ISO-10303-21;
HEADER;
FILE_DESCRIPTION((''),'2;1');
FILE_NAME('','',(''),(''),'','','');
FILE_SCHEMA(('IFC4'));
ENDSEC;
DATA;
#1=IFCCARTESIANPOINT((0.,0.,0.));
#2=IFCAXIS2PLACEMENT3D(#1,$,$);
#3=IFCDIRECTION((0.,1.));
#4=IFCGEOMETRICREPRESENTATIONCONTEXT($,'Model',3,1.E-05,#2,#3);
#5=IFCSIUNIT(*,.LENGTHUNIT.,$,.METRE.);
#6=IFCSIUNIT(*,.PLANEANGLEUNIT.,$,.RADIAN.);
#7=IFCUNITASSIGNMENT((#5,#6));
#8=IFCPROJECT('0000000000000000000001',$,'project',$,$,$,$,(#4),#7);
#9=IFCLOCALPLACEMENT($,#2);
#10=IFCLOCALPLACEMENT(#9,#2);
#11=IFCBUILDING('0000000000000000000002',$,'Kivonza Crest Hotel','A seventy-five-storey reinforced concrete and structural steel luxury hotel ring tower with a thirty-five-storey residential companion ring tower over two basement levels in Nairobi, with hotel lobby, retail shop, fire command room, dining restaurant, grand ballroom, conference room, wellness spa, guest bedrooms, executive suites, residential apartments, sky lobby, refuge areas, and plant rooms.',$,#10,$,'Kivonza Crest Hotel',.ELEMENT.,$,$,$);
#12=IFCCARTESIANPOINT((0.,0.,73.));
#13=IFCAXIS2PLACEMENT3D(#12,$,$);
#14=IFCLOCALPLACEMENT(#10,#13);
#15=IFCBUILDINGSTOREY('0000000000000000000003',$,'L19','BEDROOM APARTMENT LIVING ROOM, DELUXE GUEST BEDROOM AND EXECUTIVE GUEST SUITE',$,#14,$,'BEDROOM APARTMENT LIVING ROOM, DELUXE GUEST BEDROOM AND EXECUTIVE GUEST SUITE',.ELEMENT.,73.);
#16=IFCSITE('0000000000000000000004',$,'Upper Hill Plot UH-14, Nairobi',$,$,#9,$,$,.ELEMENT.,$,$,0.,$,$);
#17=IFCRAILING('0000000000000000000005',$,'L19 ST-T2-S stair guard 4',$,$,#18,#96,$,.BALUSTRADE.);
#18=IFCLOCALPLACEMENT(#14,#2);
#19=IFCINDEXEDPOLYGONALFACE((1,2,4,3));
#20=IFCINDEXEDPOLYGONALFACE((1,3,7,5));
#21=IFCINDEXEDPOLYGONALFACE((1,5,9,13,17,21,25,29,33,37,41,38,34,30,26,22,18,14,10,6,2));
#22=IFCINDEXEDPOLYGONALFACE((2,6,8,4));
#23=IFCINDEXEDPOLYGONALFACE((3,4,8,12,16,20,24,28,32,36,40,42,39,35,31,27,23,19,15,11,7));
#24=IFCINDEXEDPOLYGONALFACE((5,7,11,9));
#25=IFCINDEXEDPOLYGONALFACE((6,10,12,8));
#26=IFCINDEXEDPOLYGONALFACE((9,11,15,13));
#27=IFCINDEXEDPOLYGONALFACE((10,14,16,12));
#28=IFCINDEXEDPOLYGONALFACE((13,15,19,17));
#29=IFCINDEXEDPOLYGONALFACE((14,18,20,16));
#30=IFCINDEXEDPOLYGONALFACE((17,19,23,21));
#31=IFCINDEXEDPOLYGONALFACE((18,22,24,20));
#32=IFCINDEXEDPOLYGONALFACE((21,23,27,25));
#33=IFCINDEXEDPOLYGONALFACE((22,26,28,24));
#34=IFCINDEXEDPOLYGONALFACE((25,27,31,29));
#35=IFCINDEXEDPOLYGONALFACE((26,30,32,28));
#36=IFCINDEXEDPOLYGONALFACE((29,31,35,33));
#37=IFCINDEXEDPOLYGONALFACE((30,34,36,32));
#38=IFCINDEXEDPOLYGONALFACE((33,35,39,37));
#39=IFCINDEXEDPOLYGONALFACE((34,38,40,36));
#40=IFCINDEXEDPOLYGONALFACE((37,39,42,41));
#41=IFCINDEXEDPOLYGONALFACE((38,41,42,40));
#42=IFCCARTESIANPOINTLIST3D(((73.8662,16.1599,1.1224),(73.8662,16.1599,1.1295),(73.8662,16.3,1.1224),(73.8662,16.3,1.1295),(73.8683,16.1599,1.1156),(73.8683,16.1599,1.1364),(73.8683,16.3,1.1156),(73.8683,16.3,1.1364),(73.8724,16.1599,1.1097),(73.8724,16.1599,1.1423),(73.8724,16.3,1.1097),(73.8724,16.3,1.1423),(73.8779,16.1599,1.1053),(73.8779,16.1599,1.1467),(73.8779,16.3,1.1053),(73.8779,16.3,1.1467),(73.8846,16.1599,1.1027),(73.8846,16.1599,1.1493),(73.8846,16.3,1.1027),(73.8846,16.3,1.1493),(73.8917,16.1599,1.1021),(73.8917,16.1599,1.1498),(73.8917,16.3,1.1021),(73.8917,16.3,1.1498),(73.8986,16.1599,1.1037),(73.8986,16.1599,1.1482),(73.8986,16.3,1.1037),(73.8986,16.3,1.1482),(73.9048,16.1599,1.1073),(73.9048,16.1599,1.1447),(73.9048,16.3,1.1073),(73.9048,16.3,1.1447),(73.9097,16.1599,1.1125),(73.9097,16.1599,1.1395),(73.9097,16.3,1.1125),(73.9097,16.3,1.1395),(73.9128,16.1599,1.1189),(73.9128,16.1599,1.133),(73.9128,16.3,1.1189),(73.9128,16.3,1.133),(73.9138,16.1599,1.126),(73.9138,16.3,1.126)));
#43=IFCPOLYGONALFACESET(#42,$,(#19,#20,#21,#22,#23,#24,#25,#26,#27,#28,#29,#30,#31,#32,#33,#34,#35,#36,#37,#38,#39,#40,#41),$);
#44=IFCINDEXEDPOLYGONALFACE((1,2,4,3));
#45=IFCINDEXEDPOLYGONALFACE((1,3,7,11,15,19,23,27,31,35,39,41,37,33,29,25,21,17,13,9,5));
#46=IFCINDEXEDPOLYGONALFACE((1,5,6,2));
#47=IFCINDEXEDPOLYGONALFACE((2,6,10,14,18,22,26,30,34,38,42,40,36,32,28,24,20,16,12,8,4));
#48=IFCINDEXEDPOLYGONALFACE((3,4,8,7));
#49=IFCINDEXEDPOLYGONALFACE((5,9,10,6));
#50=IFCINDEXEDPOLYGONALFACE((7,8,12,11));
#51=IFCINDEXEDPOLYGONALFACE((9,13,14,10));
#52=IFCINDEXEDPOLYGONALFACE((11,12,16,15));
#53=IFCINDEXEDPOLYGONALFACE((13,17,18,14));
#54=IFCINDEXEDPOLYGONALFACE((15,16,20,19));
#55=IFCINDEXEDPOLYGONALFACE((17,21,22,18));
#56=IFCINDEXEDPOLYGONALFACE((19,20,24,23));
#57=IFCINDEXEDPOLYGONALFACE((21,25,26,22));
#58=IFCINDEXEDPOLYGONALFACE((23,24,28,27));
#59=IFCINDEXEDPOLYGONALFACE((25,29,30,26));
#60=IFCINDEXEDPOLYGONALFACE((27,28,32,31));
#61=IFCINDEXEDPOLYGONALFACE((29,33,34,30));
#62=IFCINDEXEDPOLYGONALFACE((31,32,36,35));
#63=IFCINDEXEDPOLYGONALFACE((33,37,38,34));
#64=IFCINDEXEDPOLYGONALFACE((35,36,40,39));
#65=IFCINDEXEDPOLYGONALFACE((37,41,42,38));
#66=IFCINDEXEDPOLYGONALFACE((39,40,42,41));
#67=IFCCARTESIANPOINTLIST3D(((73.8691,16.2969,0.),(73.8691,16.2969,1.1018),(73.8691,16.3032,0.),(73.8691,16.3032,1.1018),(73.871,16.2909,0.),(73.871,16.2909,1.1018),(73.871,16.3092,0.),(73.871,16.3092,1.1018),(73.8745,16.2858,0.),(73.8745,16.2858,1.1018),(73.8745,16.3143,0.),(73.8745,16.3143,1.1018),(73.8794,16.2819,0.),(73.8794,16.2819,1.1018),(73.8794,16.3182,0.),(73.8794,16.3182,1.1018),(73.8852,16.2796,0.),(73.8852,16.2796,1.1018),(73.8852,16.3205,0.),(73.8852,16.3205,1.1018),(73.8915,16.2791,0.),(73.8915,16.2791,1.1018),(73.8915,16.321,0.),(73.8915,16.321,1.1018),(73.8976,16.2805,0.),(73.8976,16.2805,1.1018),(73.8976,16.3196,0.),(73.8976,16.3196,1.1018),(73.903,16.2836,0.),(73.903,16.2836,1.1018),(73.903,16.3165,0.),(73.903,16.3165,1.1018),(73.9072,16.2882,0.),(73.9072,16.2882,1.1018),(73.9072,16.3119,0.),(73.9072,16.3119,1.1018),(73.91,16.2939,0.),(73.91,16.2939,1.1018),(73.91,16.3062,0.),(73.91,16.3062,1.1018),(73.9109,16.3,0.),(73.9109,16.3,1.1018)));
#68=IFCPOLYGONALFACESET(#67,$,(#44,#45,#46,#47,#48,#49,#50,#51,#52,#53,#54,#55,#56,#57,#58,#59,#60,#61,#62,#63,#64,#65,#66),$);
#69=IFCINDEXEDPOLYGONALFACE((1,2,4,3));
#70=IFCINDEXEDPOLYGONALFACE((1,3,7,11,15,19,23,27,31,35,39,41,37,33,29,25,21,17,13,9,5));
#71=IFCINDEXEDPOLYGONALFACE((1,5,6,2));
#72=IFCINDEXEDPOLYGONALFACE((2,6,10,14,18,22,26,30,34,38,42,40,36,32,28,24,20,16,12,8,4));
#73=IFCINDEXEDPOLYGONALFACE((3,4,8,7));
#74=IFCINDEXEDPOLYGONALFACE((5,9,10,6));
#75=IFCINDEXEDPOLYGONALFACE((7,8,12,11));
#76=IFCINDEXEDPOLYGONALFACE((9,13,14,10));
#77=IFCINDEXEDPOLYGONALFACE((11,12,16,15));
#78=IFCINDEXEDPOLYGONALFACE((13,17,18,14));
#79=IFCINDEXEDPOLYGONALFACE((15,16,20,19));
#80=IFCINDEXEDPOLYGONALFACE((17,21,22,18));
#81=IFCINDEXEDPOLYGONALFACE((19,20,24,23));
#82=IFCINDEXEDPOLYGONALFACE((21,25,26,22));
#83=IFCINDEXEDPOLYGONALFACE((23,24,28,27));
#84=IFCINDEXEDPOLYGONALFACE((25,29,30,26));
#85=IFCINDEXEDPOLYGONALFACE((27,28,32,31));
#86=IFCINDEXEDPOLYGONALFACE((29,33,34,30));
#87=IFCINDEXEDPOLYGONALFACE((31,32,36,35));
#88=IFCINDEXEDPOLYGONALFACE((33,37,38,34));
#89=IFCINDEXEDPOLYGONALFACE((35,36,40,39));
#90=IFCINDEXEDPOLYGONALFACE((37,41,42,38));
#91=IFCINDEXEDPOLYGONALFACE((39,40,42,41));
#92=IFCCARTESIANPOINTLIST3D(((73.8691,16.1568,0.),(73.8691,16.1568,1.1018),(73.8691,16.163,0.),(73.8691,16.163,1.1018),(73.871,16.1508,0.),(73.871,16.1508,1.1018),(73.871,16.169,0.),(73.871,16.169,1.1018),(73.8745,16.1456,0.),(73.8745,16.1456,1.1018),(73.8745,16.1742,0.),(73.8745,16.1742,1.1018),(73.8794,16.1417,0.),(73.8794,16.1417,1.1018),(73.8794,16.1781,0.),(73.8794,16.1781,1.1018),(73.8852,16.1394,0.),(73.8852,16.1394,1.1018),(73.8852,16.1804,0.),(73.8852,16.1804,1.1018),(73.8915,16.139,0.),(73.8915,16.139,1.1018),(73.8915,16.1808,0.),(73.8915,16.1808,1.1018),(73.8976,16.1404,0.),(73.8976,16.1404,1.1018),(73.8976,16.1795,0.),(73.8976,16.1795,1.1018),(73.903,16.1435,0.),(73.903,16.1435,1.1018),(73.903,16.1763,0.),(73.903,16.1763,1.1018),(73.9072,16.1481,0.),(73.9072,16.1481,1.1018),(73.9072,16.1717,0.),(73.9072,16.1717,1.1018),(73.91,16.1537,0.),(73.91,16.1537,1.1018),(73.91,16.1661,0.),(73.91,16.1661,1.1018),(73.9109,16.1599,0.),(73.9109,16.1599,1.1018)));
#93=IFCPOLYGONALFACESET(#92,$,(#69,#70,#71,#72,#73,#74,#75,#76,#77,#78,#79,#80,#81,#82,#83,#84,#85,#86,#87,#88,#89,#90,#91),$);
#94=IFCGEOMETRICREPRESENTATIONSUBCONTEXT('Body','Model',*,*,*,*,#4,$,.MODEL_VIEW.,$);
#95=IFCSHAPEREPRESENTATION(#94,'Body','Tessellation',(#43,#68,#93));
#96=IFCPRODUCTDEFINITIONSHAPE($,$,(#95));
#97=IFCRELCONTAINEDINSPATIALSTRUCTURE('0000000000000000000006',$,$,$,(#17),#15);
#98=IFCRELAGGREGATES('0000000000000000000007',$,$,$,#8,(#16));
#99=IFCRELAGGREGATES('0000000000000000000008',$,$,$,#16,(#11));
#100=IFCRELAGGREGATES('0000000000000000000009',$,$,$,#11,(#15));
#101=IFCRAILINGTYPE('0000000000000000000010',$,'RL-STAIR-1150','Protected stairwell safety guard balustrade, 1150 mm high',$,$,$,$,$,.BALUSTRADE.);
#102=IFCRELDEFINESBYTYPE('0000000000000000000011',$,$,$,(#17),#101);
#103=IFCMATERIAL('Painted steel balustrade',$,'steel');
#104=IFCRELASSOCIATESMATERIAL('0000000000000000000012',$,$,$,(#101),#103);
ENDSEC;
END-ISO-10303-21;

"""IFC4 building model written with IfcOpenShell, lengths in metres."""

from ifc_helpers import new_model, si_unit, direction, frame, origin, origin_2d, place, context, subcontext, project, spatial, circle, extrude, material, type_object, element, save


model = new_model("IFC4")

# Units and contexts
model_context = context("Model", 3, precision=1e-05, world=origin(), true_north=direction((0.0, 1.0)))
body_context = subcontext(model_context, "Body", "Model", "MODEL_VIEW")
ifc_project = project(units=[si_unit("LENGTHUNIT", "METRE"), si_unit("PLANEANGLEUNIT", "RADIAN")], contexts=[model_context])

# Site, building, storey
site_placement = place(None, origin())
site = spatial("IfcSite", under=ifc_project, at=site_placement, Name="Upper Hill Plot UH-14, Nairobi", CompositionType="ELEMENT", RefElevation=0.0)
building_placement = place(site_placement, origin())
building = spatial("IfcBuilding", under=site, at=building_placement, Name="Kivonza Crest Hotel", Description="A seventy-five-storey reinforced concrete and structural steel luxury hotel ring tower with a thirty-five-storey residential companion ring tower over two basement levels in Nairobi, with hotel lobby, retail shop, fire command room, dining restaurant, grand ballroom, conference room, wellness spa, guest bedrooms, executive suites, residential apartments, sky lobby, refuge areas, and plant rooms.", LongName="Kivonza Crest Hotel", CompositionType="ELEMENT")
storey_placement = place(building_placement, frame((0.0, 0.0, 73.0)))
storey = spatial("IfcBuildingStorey", under=building, at=storey_placement, Name="L19", Description="BEDROOM APARTMENT LIVING ROOM, DELUXE GUEST BEDROOM AND EXECUTIVE GUEST SUITE", LongName="BEDROOM APARTMENT LIVING ROOM, DELUXE GUEST BEDROOM AND EXECUTIVE GUEST SUITE", CompositionType="ELEMENT", Elevation=73.0)

# Railing
ifc_material_1 = material(Name="Painted steel balustrade", Category="steel")
railing_type_1 = type_object("IfcRailingType", Name="RL-STAIR-1150", Description="Protected stairwell safety guard balustrade, 1150 mm high", PredefinedType="BALUSTRADE", material=ifc_material_1)
railing_1_placement = place(storey_placement, frame((73.8899, 16.3, 0.0)))
element("IfcRailing", 1, at=railing_1_placement, inside=storey, type_object=railing_type_1, Name="L19 ST-T2-S stair guard 4", PredefinedType="BALUSTRADE", context=body_context, shape_type="SweptSolid", body=[
    extrude(circle(Radius=0.0239, at=origin_2d()), frame((0.0, 0.0, 1.126), z_axis=(0.0, -1.0, 0.0), x_axis=(1.0, 0.0, 0.0)), (0.0, 0.0, 1.0), 0.1401),
    extrude(circle(Radius=0.021, at=origin_2d()), origin(), (0.0, 0.0, 1.0), 1.1018),
    extrude(circle(Radius=0.021, at=origin_2d()), frame((0.0, -0.1401, 0.0)), (0.0, 0.0, 1.0), 1.1018),
])

save(model, "model.ifc")
